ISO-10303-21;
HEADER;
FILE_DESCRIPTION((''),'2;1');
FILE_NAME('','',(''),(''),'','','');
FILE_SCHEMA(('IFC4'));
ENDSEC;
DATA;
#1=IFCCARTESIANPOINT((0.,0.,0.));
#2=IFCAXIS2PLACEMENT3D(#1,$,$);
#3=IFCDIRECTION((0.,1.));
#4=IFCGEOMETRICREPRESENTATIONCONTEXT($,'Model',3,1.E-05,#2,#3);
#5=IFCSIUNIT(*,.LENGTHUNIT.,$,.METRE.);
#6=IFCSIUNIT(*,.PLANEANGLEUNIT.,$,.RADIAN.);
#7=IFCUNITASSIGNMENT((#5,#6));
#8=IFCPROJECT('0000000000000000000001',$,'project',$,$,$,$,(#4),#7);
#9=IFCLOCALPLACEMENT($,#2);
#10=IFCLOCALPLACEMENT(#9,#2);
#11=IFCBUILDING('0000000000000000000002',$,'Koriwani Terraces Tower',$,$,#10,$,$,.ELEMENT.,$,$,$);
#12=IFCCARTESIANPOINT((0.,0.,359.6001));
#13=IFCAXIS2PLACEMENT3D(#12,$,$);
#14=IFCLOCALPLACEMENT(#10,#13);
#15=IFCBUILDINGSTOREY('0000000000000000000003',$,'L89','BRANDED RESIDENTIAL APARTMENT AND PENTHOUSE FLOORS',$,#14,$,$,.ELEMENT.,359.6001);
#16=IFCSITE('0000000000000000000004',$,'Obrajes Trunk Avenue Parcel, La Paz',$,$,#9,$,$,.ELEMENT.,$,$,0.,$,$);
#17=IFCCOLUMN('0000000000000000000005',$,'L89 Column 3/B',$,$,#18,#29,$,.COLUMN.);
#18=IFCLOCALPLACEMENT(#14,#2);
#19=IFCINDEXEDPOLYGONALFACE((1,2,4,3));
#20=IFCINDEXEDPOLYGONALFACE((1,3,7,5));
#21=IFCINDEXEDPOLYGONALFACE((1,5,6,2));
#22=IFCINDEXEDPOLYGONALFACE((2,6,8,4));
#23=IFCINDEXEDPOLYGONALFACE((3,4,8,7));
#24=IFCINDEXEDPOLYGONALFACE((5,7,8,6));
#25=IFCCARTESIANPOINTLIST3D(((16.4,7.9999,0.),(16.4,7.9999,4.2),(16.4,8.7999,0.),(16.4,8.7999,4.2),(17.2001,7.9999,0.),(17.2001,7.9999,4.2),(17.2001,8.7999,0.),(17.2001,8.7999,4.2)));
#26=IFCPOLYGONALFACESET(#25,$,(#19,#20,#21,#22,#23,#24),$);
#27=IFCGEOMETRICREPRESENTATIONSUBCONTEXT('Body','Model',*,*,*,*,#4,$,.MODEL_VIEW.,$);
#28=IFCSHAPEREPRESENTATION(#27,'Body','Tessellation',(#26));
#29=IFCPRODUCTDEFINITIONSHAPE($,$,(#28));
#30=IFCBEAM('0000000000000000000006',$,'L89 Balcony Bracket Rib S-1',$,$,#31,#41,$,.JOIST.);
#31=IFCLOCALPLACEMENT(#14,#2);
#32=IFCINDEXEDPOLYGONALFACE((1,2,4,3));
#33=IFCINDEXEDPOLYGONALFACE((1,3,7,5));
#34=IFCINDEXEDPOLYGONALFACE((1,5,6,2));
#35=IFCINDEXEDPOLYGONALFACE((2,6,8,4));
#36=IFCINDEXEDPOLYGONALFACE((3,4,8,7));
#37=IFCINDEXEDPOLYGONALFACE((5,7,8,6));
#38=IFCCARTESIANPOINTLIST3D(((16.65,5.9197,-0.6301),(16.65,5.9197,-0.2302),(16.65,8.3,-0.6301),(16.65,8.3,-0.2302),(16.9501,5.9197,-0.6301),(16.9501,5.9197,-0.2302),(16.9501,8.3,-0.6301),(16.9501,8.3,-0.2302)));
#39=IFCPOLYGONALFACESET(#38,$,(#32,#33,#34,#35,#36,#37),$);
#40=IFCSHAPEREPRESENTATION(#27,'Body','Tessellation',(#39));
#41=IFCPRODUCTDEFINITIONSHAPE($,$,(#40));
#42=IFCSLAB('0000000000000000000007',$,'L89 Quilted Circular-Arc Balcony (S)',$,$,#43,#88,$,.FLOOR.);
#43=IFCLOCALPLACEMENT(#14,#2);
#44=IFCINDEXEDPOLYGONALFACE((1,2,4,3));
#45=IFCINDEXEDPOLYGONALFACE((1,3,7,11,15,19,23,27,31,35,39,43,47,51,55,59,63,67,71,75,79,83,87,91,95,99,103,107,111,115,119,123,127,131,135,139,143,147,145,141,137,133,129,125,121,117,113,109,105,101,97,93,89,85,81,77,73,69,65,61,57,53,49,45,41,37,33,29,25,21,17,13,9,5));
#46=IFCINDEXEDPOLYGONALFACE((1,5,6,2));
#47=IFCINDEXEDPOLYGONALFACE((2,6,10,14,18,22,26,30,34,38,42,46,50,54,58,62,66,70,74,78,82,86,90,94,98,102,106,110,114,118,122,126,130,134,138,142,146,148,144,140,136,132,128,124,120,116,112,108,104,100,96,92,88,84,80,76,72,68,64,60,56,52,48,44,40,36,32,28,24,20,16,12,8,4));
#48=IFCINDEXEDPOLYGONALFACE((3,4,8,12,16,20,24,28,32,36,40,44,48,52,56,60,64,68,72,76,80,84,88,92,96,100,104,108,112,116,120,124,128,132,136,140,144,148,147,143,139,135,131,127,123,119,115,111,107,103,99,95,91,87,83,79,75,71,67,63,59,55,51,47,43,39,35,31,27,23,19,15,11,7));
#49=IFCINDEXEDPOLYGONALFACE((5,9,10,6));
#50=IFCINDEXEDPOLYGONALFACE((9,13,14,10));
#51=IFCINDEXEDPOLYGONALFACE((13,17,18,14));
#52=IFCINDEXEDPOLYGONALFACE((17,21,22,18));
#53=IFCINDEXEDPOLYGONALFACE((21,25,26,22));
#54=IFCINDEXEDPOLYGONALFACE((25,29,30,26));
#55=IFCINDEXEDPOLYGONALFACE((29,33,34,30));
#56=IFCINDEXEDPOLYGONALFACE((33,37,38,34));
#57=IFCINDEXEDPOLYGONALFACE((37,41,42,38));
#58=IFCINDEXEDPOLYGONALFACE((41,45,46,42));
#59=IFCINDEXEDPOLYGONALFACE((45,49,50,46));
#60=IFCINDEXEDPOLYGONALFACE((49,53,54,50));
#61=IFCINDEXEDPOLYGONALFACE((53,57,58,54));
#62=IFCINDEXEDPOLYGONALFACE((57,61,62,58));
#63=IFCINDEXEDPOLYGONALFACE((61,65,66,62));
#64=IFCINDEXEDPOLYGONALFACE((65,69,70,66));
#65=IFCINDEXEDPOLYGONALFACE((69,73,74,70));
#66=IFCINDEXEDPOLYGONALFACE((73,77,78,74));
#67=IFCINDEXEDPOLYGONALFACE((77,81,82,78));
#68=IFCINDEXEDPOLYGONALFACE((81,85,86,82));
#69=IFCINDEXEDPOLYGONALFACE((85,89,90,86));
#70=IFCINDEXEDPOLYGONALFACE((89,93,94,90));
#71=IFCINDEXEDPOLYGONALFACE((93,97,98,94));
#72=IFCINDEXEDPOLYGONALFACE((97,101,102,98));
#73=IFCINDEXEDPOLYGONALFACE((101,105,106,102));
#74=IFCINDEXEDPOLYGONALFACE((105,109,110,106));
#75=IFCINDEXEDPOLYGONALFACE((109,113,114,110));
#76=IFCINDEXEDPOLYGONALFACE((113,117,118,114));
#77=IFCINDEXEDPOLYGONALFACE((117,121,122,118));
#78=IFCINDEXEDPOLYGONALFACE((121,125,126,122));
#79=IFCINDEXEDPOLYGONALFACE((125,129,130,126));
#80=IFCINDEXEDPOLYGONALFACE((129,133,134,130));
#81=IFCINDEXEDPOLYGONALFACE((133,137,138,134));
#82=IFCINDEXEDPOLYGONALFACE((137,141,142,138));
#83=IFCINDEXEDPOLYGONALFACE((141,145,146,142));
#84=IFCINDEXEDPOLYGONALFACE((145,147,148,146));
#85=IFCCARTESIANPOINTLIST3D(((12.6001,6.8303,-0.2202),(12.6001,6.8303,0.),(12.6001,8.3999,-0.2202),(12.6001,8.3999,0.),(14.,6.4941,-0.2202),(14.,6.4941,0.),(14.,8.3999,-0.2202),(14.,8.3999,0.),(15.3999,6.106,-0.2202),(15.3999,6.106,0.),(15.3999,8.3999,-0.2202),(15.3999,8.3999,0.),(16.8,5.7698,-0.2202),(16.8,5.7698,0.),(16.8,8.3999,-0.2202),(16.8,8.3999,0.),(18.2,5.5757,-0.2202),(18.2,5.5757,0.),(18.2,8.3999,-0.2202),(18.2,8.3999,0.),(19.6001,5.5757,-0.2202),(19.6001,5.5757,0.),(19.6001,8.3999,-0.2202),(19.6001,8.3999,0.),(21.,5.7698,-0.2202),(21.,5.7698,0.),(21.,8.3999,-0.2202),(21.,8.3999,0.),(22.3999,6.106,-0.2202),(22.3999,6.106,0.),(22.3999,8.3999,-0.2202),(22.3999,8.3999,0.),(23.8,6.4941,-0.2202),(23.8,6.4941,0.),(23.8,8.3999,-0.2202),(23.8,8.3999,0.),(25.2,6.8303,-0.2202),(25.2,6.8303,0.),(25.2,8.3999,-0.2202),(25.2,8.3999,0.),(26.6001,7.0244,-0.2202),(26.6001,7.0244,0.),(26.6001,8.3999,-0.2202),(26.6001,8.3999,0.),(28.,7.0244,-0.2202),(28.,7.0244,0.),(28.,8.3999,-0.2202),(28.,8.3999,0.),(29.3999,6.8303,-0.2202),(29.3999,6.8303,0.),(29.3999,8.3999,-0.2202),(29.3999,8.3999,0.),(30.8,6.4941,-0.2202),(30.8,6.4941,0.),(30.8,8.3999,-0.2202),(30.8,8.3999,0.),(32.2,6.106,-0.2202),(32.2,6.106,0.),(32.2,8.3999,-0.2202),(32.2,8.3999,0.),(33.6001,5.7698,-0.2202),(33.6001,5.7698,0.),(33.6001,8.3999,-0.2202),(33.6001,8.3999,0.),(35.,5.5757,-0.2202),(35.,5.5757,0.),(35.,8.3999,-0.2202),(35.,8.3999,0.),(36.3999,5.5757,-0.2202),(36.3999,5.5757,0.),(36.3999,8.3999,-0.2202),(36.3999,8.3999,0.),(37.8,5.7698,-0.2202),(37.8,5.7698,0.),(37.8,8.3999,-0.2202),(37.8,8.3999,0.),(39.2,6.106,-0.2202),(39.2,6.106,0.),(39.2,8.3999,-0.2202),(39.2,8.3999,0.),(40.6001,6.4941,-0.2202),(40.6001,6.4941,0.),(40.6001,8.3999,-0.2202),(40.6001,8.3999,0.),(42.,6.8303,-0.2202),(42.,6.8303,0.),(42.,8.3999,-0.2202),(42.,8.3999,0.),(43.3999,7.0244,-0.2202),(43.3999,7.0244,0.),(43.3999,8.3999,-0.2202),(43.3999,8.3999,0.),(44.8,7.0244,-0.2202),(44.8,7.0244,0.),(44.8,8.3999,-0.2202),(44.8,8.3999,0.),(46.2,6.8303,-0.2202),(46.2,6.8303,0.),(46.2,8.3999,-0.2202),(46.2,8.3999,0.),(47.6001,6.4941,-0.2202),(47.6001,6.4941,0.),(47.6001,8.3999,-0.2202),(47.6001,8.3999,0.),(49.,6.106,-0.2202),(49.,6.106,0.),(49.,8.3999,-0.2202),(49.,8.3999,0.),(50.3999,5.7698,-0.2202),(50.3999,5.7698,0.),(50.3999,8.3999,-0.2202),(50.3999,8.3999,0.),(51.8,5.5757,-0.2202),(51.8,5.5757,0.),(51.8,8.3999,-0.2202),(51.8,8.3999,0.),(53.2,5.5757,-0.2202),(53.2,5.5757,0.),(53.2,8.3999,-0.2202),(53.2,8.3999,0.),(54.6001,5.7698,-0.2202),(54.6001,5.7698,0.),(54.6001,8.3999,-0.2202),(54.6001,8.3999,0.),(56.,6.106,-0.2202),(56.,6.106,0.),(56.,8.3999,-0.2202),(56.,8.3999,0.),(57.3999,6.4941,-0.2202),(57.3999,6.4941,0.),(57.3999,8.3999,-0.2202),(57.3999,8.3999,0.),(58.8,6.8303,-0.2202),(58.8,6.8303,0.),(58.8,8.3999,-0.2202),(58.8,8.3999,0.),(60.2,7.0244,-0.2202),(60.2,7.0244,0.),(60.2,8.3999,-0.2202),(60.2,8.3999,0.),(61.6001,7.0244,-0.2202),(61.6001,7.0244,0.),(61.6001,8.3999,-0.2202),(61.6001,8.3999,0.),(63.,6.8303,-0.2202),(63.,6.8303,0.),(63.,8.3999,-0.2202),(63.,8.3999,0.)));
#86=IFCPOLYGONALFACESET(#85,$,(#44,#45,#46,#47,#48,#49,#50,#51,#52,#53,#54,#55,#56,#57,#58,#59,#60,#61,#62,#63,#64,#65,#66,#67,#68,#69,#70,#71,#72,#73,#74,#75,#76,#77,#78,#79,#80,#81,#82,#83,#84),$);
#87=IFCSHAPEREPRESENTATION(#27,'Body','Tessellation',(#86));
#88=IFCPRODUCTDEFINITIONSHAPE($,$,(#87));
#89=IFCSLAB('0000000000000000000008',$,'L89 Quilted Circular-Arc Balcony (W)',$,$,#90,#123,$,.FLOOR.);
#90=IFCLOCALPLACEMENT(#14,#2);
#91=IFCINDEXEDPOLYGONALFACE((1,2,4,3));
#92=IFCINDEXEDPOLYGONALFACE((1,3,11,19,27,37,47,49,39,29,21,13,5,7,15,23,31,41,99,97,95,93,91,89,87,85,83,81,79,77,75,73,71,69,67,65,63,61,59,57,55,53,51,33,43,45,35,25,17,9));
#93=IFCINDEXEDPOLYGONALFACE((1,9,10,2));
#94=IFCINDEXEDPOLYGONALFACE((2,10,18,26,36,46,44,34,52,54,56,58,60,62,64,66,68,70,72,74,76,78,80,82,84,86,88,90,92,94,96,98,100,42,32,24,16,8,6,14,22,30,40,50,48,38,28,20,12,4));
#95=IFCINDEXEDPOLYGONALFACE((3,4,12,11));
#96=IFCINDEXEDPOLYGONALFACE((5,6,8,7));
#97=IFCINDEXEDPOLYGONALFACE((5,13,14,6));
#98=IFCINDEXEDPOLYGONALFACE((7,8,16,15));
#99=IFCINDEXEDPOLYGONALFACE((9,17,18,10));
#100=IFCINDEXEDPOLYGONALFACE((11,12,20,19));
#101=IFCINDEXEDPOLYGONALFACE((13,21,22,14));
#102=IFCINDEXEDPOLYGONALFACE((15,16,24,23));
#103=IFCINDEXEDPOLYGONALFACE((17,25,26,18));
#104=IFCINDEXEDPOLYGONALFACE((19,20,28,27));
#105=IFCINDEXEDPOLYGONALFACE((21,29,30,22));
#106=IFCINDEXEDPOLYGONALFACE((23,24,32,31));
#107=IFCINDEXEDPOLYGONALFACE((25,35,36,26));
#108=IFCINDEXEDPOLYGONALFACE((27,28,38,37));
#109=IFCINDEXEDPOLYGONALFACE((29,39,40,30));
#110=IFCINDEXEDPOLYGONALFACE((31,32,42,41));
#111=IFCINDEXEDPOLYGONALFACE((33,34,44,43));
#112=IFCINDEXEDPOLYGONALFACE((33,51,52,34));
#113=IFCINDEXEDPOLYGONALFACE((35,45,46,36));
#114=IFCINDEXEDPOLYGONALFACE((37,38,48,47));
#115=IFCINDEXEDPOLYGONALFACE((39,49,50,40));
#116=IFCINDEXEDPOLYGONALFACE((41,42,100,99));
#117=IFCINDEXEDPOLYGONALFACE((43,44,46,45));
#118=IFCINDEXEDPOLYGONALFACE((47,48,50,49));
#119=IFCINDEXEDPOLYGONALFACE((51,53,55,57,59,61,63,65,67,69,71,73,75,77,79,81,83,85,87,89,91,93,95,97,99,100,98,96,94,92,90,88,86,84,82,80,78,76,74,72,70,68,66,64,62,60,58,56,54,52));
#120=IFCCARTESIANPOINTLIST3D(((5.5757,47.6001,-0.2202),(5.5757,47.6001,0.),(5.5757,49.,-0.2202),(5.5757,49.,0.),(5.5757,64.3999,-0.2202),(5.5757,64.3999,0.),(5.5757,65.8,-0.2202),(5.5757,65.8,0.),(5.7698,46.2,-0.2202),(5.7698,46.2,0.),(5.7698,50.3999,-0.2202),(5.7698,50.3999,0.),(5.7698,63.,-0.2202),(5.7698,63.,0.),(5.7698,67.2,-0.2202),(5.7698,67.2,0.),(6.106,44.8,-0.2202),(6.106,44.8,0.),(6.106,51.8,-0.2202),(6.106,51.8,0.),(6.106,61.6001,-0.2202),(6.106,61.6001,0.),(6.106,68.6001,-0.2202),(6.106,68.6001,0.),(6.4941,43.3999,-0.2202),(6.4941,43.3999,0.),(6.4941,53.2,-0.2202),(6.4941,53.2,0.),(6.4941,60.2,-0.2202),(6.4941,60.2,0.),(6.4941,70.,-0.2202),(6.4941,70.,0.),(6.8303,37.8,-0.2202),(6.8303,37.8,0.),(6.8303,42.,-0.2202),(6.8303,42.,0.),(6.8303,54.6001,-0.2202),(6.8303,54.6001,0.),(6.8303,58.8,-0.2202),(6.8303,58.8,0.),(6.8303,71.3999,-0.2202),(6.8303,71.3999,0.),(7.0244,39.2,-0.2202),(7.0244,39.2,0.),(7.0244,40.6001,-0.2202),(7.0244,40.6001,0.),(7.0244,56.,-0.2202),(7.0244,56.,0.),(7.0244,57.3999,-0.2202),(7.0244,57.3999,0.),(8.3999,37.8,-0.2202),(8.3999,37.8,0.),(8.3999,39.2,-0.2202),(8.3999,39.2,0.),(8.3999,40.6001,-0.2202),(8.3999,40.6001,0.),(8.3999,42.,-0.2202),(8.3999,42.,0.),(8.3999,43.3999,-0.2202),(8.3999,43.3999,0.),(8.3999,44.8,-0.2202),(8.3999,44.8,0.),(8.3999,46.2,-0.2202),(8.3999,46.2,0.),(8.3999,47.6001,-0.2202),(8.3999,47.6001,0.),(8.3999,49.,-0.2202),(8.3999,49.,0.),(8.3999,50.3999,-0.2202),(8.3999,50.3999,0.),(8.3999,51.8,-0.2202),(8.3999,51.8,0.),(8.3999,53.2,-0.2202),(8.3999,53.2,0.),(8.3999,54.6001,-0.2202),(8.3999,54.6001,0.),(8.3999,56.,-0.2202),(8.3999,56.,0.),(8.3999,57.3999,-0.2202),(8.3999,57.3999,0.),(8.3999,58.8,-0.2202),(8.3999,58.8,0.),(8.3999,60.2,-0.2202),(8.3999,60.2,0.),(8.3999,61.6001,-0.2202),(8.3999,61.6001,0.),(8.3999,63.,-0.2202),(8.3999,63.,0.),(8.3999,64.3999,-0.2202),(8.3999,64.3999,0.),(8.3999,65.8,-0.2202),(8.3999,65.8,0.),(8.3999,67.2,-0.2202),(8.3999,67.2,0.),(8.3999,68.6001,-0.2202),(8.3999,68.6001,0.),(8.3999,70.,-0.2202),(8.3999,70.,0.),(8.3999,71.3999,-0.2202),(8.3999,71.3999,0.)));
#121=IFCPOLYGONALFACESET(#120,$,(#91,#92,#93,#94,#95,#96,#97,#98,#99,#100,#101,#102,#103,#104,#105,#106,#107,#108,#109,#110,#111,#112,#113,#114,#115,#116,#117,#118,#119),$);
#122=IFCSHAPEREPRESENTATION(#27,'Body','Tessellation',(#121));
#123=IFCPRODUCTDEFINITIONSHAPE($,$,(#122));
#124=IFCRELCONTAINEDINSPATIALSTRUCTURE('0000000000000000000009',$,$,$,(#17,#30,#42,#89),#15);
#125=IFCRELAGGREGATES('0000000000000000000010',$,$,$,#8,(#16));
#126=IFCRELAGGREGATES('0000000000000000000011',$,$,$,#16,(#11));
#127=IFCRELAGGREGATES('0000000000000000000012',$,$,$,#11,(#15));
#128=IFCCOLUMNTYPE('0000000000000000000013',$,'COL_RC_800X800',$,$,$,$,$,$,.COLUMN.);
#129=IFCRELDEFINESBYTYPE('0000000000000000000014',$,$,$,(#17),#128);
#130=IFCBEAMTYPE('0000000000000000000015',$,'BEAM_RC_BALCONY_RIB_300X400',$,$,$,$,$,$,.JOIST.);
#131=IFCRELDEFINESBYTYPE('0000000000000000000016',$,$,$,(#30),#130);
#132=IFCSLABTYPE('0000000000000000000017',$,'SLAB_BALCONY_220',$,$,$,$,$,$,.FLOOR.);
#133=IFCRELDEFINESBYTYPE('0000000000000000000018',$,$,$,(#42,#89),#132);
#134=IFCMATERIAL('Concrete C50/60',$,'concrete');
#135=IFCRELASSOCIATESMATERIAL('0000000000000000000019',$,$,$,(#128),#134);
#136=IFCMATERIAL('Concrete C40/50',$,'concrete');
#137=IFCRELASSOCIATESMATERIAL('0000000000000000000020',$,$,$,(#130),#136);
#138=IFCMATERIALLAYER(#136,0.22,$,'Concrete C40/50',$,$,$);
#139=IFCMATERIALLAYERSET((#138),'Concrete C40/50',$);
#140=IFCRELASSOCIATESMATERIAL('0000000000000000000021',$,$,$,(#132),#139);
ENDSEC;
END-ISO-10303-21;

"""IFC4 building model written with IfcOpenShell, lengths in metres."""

from ifc_helpers import new_model, si_unit, direction, frame, origin, origin_2d, place, context, subcontext, project, spatial, polyline, rectangle, outline, extrude, material, layer, layer_set, material_profile, profile_set, type_object, element, save


model = new_model("IFC4")

# Units and contexts
model_context = context("Model", 3, precision=1e-05, world=origin(), true_north=direction((0.0, 1.0)))
body_context = subcontext(model_context, "Body", "Model", "MODEL_VIEW")
ifc_project = project(units=[si_unit("LENGTHUNIT", "METRE"), si_unit("PLANEANGLEUNIT", "RADIAN")], contexts=[model_context])

# Site, building, storey
site_placement = place(None, origin())
site = spatial("IfcSite", under=ifc_project, at=site_placement, Name="Obrajes Trunk Avenue Parcel, La Paz", CompositionType="ELEMENT", RefElevation=0.0)
building_placement = place(site_placement, origin())
building = spatial("IfcBuilding", under=site, at=building_placement, Name="Koriwani Terraces Tower", CompositionType="ELEMENT")
storey_placement = place(building_placement, frame((0.0, 0.0, 359.6001)))
storey = spatial("IfcBuildingStorey", under=building, at=storey_placement, Name="L89", Description="BRANDED RESIDENTIAL APARTMENT AND PENTHOUSE FLOORS", CompositionType="ELEMENT", Elevation=359.6001)

# Column
ifc_material_1 = material(Name="Concrete C50/60", Category="concrete")
ifc_material_profile_1 = material_profile(ifc_material_1, rectangle(XDim=0.8, YDim=0.8, at=origin_2d()), Name="Concrete C50/60", Category="LoadBearing")
ifc_profile_set_1 = profile_set([ifc_material_profile_1], Name="Concrete C50/60")
column_type = type_object("IfcColumnType", Name="COL_RC_800X800", PredefinedType="COLUMN", material=ifc_profile_set_1)
column_placement = place(storey_placement, frame((16.8, 8.3999, 0.0), z_axis=(0.0, 0.0, 1.0), x_axis=(1.0, 0.0, 0.0)))
element("IfcColumn", 1, at=column_placement, inside=storey, type_object=column_type, Name="L89 Column 3/B", PredefinedType="COLUMN", context=body_context, shape_type="SweptSolid", body=[
    extrude(rectangle(XDim=0.8, YDim=0.8, at=origin_2d()), origin(), (0.0, 0.0, 1.0), 4.2),
])

# Beam
ifc_material_2 = material(Name="Concrete C40/50", Category="concrete")
ifc_material_profile_2 = material_profile(ifc_material_2, rectangle(XDim=0.3, YDim=0.3999, at=origin_2d()), Name="Concrete C40/50", Category="LoadBearing")
ifc_profile_set_2 = profile_set([ifc_material_profile_2], Name="Concrete C40/50")
beam_type = type_object("IfcBeamType", Name="BEAM_RC_BALCONY_RIB_300X400", PredefinedType="JOIST", material=ifc_profile_set_2)
beam_placement = place(storey_placement, frame((16.8, 5.9197, -0.4302), z_axis=(0.0, 1.0, 0.0), x_axis=(-1.0, 0.0, 0.0)))
element("IfcBeam", 2, at=beam_placement, inside=storey, type_object=beam_type, Name="L89 Balcony Bracket Rib S-1", PredefinedType="JOIST", context=body_context, shape_type="SweptSolid", body=[
    extrude(rectangle(XDim=0.3, YDim=0.3999, at=origin_2d()), origin(), (0.0, 0.0, 1.0), 2.3804),
])

# Slabs
ifc_layer_1 = layer(ifc_material_2, 0.22, Name="Concrete C40/50")
ifc_layer_set_1 = layer_set([ifc_layer_1], Name="Concrete C40/50")
slab_type_1 = type_object("IfcSlabType", Name="SLAB_BALCONY_220", PredefinedType="FLOOR", material=ifc_layer_set_1)
slab_1_placement = place(storey_placement, frame((0.0, 0.0, -0.2202)))
element("IfcSlab", 3, at=slab_1_placement, inside=storey, type_object=slab_type_1, Name="L89 Quilted Circular-Arc Balcony (S)", PredefinedType="FLOOR", context=body_context, shape_type="SweptSolid", body=[
    extrude(outline(polyline([(12.6001, 8.3999), (14.0, 8.3999), (15.3999, 8.3999), (16.8, 8.3999), (18.2, 8.3999), (19.6001, 8.3999), (21.0, 8.3999), (22.3999, 8.3999), (23.8, 8.3999), (25.2, 8.3999), (26.6001, 8.3999), (28.0, 8.3999), (29.3999, 8.3999), (30.8, 8.3999), (32.2, 8.3999), (33.6001, 8.3999), (35.0, 8.3999), (36.3999, 8.3999), (37.8, 8.3999), (39.2, 8.3999), (40.6001, 8.3999), (42.0, 8.3999), (43.3999, 8.3999), (44.8, 8.3999), (46.2, 8.3999), (47.6001, 8.3999), (49.0, 8.3999), (50.3999, 8.3999), (51.8, 8.3999), (53.2, 8.3999), (54.6001, 8.3999), (56.0, 8.3999), (57.3999, 8.3999), (58.8, 8.3999), (60.2, 8.3999), (61.6001, 8.3999), (63.0, 8.3999), (63.0, 6.8303), (61.6001, 7.0244), (60.2, 7.0244), (58.8, 6.8303), (57.3999, 6.4941), (56.0, 6.106), (54.6001, 5.7698), (53.2, 5.5757), (51.8, 5.5757), (50.3999, 5.7698), (49.0, 6.106), (47.6001, 6.4941), (46.2, 6.8303), (44.8, 7.0244), (43.3999, 7.0244), (42.0, 6.8303), (40.6001, 6.4941), (39.2, 6.106), (37.8, 5.7698), (36.3999, 5.5757), (35.0, 5.5757), (33.6001, 5.7698), (32.2, 6.106), (30.8, 6.4941), (29.3999, 6.8303), (28.0, 7.0244), (26.6001, 7.0244), (25.2, 6.8303), (23.8, 6.4941), (22.3999, 6.106), (21.0, 5.7698), (19.6001, 5.5757), (18.2, 5.5757), (16.8, 5.7698), (15.3999, 6.106), (14.0, 6.4941), (12.6001, 6.8303), (12.6001, 8.3999)])), origin(), (0.0, 0.0, 1.0), 0.2202),
])
slab_2_placement = place(storey_placement, frame((0.0, 0.0, -0.2202)))
element("IfcSlab", 4, at=slab_2_placement, inside=storey, type_object=slab_type_1, Name="L89 Quilted Circular-Arc Balcony (W)", PredefinedType="FLOOR", context=body_context, shape_type="SweptSolid", body=[
    extrude(outline(polyline([(8.3999, 37.8), (8.3999, 39.2), (8.3999, 40.6001), (8.3999, 42.0), (8.3999, 43.3999), (8.3999, 44.8), (8.3999, 46.2), (8.3999, 47.6001), (8.3999, 49.0), (8.3999, 50.3999), (8.3999, 51.8), (8.3999, 53.2), (8.3999, 54.6001), (8.3999, 56.0), (8.3999, 57.3999), (8.3999, 58.8), (8.3999, 60.2), (8.3999, 61.6001), (8.3999, 63.0), (8.3999, 64.3999), (8.3999, 65.8), (8.3999, 67.2), (8.3999, 68.6001), (8.3999, 70.0), (8.3999, 71.3999), (6.8303, 71.3999), (6.4941, 70.0), (6.106, 68.6001), (5.7698, 67.2), (5.5757, 65.8), (5.5757, 64.3999), (5.7698, 63.0), (6.106, 61.6001), (6.4941, 60.2), (6.8303, 58.8), (7.0244, 57.3999), (7.0244, 56.0), (6.8303, 54.6001), (6.4941, 53.2), (6.106, 51.8), (5.7698, 50.3999), (5.5757, 49.0), (5.5757, 47.6001), (5.7698, 46.2), (6.106, 44.8), (6.4941, 43.3999), (6.8303, 42.0), (7.0244, 40.6001), (7.0244, 39.2), (6.8303, 37.8), (8.3999, 37.8)])), origin(), (0.0, 0.0, 1.0), 0.2202),
])

save(model, "model.ifc")
